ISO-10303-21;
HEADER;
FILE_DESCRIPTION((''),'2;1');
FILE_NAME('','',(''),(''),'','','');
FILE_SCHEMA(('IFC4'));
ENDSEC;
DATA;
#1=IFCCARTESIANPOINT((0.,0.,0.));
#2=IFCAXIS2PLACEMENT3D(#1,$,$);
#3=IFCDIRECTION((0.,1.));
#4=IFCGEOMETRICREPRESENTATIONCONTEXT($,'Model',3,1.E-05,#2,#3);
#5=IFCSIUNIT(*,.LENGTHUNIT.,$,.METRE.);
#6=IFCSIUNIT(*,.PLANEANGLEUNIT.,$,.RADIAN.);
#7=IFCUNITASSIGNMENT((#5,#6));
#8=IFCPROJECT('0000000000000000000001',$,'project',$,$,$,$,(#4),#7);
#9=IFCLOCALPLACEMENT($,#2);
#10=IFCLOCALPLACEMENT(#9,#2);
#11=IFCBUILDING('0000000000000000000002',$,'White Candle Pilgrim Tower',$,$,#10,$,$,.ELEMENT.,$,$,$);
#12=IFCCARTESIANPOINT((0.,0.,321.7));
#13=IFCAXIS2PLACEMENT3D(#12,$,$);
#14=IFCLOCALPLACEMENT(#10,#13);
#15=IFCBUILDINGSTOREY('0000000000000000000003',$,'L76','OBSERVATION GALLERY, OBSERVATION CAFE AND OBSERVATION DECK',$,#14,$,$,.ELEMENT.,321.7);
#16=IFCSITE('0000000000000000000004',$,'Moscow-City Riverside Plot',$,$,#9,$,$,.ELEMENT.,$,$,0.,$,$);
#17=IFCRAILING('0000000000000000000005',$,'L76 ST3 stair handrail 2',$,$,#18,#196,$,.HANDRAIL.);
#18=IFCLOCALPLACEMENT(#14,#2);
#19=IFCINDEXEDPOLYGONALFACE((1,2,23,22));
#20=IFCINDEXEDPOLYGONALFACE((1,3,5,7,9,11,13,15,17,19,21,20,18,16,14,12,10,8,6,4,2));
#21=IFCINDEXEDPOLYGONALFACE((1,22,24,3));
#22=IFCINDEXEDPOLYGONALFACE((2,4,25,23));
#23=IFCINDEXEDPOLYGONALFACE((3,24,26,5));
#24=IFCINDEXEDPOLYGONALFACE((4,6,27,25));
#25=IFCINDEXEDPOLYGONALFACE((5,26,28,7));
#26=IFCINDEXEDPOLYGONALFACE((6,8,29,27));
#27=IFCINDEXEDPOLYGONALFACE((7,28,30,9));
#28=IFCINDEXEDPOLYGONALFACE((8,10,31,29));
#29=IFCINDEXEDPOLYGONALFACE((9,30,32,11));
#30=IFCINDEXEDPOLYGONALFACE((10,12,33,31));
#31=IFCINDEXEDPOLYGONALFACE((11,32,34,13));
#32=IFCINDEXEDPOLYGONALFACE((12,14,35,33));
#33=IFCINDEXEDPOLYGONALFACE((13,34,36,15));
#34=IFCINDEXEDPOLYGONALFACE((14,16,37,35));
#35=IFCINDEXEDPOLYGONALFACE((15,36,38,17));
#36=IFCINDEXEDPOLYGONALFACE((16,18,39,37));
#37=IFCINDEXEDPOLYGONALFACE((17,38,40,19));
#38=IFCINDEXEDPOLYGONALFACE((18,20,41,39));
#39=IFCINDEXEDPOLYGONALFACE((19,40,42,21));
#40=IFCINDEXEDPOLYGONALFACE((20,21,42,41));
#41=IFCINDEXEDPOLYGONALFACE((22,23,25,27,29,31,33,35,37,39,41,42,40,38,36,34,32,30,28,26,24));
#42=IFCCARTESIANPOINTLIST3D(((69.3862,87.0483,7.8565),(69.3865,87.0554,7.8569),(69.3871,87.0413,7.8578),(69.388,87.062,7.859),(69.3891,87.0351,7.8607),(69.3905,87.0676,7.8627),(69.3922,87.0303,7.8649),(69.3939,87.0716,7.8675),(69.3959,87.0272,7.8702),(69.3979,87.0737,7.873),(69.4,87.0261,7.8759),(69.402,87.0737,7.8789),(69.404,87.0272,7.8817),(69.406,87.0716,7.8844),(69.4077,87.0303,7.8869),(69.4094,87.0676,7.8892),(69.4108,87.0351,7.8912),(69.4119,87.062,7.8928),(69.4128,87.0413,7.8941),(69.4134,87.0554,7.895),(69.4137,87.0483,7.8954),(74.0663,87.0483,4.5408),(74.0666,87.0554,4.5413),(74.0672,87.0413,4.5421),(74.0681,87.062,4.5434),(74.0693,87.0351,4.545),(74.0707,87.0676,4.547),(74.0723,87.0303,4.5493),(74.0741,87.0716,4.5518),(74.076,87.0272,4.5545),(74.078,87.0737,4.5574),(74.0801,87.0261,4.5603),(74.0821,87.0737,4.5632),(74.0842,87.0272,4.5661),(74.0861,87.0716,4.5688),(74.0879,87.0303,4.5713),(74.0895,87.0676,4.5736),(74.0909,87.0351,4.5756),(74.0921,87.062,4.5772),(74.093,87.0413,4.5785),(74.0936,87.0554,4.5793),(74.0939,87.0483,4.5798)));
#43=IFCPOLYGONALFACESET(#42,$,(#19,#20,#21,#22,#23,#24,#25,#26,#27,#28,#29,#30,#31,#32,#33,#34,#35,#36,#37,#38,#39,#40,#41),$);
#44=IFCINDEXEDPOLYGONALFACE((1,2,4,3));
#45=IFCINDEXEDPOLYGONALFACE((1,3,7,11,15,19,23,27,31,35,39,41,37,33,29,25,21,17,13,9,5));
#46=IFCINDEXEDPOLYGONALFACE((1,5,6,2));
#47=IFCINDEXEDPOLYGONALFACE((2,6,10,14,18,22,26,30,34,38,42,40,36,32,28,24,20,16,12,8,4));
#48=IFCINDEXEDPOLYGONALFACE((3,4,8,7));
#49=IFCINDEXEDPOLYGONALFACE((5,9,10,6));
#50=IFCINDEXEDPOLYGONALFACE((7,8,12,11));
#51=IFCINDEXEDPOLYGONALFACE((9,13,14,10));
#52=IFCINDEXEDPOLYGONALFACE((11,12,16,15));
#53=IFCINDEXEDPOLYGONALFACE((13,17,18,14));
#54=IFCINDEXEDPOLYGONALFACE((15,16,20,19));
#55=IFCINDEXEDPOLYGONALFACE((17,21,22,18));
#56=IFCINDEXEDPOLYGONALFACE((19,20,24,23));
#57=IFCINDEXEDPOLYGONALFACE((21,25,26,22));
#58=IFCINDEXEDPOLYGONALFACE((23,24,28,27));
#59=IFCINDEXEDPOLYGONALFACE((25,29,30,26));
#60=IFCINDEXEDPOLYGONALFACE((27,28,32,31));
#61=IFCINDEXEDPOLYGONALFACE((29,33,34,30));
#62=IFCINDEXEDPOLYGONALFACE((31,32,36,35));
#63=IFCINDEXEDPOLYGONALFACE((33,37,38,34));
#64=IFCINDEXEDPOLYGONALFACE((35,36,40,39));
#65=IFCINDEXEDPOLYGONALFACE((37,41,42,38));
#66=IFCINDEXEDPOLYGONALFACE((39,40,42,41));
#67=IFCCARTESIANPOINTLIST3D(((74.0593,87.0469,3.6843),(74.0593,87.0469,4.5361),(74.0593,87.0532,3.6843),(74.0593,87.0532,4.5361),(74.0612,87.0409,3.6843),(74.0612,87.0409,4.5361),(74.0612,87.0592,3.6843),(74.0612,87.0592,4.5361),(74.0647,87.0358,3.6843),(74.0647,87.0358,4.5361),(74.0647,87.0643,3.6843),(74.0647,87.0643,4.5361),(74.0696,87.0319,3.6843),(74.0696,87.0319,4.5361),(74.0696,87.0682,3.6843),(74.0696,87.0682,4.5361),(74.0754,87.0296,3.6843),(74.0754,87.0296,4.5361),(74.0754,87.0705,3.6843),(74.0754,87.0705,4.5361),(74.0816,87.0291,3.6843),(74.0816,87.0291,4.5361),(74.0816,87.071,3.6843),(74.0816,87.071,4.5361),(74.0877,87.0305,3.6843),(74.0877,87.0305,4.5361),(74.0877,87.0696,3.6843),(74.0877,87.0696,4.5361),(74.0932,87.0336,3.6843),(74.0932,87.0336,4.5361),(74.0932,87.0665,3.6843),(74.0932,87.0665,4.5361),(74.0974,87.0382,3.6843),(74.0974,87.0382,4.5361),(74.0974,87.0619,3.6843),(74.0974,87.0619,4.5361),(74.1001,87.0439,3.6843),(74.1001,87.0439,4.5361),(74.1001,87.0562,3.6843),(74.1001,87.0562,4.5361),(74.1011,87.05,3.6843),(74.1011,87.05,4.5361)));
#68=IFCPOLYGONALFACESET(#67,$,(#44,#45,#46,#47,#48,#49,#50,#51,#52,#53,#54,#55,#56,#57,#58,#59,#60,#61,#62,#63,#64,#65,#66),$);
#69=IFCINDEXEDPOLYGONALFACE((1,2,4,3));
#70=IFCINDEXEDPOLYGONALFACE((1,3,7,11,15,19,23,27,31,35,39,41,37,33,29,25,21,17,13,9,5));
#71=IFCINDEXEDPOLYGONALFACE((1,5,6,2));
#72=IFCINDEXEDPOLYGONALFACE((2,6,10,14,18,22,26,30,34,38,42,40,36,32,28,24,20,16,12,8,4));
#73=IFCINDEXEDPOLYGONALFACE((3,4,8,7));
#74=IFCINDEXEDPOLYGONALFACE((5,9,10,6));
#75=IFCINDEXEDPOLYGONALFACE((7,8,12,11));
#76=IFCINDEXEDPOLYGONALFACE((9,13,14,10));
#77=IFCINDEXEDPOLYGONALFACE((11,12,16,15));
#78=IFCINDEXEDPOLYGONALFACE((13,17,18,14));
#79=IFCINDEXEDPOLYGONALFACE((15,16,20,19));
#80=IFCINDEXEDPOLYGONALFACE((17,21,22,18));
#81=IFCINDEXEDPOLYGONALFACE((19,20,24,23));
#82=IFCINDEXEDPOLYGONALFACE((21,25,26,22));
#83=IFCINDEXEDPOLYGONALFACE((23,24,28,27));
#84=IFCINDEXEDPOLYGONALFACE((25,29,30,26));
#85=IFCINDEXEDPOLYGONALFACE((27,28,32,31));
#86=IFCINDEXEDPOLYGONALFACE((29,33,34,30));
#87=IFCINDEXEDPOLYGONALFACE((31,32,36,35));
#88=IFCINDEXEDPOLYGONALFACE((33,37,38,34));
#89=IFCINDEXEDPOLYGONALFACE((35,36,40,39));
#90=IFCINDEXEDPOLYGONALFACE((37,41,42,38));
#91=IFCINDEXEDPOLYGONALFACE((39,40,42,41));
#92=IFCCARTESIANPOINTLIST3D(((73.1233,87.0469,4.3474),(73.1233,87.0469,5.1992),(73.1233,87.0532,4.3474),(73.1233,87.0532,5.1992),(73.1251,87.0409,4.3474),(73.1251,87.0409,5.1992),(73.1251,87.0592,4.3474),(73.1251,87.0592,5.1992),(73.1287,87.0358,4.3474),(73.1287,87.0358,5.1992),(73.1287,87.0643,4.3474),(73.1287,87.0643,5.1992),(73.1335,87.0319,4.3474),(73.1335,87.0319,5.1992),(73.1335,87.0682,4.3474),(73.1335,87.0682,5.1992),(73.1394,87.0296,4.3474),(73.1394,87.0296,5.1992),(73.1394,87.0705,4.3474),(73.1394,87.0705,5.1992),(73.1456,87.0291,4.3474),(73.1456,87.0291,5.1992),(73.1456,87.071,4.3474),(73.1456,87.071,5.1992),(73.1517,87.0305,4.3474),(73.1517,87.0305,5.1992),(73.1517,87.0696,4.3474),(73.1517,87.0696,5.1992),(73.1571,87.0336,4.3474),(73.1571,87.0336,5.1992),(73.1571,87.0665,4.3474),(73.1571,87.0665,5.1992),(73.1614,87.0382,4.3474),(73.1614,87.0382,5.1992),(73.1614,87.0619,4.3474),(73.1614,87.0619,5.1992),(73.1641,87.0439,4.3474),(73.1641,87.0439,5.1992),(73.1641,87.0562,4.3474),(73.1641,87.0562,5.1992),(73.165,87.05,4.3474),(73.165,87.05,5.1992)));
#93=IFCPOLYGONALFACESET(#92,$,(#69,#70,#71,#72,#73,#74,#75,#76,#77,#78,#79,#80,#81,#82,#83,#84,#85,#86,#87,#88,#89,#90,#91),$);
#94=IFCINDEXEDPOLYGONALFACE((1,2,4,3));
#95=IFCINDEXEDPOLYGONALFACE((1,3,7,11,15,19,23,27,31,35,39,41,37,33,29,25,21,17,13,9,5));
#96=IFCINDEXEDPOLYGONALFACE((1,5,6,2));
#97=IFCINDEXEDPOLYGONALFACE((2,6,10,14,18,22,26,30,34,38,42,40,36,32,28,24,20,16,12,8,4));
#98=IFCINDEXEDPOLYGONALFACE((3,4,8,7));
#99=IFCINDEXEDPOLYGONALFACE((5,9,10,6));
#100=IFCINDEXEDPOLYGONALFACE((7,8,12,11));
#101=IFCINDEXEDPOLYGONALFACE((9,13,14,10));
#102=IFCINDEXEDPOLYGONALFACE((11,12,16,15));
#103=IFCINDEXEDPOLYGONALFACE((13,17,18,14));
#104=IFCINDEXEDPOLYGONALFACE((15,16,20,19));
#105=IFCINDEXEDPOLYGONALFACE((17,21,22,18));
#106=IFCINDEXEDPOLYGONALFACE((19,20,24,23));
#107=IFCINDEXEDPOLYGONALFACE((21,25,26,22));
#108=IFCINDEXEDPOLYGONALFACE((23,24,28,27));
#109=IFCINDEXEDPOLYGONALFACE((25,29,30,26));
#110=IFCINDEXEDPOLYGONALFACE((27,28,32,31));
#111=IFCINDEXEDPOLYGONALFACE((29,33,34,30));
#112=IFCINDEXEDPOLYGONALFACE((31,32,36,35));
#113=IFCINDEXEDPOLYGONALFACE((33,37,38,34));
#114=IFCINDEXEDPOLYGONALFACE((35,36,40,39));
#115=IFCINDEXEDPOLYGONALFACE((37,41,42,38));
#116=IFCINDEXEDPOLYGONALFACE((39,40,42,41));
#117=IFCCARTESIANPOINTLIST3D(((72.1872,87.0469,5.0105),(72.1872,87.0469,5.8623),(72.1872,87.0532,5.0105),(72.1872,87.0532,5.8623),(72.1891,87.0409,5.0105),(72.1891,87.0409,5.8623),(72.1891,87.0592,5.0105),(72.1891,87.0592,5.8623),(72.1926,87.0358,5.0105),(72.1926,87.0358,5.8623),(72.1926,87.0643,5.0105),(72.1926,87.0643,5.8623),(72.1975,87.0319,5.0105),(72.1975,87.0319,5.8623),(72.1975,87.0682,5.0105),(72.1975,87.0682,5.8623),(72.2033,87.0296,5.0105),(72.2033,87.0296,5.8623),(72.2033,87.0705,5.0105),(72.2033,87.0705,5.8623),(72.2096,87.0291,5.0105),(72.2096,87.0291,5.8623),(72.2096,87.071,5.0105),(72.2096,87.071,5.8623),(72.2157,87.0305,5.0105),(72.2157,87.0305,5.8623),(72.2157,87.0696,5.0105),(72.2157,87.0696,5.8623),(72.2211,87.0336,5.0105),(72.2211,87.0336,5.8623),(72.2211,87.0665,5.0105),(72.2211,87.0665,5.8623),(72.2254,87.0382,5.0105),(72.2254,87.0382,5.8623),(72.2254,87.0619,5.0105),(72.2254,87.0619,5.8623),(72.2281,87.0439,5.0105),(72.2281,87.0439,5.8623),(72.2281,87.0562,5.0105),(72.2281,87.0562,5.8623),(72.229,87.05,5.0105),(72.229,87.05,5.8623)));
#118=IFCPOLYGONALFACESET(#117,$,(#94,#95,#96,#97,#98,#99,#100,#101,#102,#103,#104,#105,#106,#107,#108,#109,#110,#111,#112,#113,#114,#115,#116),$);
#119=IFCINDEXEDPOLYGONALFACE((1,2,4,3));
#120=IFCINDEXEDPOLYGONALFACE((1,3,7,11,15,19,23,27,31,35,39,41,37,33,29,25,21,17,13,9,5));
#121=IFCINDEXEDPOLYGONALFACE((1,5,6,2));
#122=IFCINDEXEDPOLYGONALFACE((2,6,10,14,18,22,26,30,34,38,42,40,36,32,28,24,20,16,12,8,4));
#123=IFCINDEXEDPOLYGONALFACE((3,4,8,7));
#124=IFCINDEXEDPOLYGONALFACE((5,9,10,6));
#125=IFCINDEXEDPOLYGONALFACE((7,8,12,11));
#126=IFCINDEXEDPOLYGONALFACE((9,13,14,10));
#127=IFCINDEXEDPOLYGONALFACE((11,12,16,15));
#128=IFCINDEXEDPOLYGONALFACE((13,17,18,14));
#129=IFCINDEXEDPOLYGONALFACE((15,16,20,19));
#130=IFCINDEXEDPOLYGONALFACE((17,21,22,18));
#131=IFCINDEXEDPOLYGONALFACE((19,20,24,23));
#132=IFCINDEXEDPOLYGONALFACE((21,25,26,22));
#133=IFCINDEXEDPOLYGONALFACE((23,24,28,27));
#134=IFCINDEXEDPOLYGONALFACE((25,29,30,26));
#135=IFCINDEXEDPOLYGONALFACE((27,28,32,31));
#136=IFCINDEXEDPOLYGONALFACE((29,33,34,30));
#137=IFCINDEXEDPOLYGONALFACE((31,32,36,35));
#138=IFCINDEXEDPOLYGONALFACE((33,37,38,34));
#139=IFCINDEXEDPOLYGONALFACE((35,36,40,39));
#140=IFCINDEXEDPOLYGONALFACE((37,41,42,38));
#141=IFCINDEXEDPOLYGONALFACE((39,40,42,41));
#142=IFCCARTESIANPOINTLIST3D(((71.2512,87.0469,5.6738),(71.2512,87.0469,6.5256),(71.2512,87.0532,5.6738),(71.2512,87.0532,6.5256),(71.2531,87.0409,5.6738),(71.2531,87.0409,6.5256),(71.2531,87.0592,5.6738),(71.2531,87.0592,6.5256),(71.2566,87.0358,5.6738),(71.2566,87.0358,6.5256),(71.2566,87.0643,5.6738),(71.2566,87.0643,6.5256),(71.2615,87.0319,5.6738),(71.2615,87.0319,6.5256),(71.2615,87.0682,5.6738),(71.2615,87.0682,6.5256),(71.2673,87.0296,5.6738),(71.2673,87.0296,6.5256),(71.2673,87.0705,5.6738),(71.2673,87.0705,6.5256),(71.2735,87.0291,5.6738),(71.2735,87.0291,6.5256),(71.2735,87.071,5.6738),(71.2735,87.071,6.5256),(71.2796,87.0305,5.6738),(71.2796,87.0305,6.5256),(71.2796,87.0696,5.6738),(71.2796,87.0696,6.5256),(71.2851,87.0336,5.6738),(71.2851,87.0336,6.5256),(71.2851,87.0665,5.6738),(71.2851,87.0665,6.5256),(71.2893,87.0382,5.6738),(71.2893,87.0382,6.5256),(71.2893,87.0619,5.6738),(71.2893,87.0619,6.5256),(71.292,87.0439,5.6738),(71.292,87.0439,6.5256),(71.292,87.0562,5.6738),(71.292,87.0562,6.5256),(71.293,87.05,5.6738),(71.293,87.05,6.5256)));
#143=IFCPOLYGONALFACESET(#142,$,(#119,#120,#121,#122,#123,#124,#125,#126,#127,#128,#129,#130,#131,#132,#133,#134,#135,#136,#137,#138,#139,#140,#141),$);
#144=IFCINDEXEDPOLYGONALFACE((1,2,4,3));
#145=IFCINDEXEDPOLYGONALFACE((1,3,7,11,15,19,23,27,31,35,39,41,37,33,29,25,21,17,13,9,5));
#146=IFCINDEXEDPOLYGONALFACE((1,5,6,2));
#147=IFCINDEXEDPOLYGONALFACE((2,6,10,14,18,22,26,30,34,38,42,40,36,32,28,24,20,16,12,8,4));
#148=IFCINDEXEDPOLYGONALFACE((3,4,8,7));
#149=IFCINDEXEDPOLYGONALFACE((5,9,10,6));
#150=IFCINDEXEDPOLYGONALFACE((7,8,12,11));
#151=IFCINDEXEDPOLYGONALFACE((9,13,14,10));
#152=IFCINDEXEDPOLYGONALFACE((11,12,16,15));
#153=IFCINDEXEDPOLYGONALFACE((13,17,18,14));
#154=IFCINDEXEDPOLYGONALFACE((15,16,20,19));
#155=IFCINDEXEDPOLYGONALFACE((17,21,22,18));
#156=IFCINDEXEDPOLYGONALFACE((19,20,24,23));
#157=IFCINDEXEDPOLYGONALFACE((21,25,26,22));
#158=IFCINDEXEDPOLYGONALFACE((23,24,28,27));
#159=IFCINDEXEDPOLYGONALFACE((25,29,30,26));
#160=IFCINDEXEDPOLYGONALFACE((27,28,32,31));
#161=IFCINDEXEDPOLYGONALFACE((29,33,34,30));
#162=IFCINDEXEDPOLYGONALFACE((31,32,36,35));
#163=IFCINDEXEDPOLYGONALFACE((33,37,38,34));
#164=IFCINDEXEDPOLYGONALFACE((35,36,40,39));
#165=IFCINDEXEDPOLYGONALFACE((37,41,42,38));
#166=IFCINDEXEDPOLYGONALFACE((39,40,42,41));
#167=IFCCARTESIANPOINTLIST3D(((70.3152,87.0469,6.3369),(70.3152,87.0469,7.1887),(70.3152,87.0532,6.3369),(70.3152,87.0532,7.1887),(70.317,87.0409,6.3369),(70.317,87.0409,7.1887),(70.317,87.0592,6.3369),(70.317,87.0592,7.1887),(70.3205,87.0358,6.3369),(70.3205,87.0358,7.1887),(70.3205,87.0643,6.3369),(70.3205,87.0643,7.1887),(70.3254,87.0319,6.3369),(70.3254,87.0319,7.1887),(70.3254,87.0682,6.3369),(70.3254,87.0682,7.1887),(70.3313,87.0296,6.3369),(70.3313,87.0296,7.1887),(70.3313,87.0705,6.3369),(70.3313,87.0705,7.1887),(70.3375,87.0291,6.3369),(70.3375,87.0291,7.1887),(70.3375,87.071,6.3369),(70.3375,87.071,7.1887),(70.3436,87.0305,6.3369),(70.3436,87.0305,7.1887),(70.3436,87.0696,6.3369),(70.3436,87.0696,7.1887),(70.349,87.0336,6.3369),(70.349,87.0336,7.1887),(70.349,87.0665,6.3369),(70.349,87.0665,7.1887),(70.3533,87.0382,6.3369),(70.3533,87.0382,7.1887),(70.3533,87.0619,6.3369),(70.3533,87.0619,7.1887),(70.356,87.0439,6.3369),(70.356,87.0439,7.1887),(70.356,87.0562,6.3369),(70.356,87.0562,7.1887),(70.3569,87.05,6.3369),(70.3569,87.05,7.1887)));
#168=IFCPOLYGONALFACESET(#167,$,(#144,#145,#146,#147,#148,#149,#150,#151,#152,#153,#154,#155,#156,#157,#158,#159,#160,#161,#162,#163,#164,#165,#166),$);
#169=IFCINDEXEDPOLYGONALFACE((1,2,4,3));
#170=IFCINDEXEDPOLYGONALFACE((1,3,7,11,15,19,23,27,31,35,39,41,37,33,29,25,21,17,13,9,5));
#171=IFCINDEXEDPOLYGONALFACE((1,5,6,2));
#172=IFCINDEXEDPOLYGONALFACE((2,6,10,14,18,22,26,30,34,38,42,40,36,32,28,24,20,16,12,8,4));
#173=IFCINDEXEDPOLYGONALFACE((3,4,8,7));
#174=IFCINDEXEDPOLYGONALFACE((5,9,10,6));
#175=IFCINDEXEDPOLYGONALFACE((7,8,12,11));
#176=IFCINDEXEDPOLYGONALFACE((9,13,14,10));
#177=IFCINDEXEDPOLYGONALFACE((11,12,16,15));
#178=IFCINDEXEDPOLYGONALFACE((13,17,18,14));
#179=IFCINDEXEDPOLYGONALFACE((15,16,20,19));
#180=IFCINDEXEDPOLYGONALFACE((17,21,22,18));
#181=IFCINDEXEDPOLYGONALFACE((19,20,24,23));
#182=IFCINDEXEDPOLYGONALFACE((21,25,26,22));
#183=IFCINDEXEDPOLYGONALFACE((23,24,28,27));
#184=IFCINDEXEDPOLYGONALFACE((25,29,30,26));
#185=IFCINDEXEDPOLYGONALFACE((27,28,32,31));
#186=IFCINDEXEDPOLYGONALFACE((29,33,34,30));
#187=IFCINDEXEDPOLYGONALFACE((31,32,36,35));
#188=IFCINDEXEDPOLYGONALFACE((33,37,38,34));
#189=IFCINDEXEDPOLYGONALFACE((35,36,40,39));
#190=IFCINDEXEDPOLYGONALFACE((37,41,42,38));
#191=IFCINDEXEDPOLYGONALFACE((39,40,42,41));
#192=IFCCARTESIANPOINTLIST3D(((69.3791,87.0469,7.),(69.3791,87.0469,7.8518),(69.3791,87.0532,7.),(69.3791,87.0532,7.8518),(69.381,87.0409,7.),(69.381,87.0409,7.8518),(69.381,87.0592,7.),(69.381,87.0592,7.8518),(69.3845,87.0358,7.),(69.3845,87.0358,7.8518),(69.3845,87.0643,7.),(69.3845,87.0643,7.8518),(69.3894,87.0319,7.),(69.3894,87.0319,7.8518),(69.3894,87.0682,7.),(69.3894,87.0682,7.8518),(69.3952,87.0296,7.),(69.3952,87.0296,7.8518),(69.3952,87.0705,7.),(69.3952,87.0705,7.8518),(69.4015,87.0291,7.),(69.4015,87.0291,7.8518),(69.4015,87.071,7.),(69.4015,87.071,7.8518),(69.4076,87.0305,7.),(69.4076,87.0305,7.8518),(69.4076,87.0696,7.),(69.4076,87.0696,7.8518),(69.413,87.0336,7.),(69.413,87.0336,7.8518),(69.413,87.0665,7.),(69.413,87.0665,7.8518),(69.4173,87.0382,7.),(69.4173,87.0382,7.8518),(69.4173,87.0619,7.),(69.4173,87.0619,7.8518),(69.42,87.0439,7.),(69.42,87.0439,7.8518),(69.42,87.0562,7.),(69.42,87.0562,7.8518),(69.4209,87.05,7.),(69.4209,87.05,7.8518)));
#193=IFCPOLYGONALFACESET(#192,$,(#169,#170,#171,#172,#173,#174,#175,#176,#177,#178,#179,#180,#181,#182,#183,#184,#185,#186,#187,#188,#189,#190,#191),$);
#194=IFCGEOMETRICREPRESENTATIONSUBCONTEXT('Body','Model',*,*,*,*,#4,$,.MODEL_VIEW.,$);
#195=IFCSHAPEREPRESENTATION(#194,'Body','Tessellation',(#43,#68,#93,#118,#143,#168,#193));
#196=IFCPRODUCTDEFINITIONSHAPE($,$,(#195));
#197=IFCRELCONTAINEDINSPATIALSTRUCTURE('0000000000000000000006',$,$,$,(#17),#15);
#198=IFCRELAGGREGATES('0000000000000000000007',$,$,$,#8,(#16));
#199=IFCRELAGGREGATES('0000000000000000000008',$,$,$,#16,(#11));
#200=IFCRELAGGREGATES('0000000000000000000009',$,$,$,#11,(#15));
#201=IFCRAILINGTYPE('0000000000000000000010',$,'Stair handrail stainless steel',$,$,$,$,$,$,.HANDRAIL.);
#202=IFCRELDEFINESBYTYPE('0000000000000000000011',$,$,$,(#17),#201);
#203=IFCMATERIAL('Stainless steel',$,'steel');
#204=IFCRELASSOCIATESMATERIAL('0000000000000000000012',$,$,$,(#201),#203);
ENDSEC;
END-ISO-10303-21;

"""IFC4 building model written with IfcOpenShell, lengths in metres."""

from ifc_helpers import new_model, si_unit, direction, frame, origin, origin_2d, place, context, subcontext, project, spatial, circle, extrude, material, type_object, element, save


model = new_model("IFC4")

# Units and contexts
model_context = context("Model", 3, precision=1e-05, world=origin(), true_north=direction((0.0, 1.0)))
body_context = subcontext(model_context, "Body", "Model", "MODEL_VIEW")
ifc_project = project(units=[si_unit("LENGTHUNIT", "METRE"), si_unit("PLANEANGLEUNIT", "RADIAN")], contexts=[model_context])

# Site, building, storey
site_placement = place(None, origin())
site = spatial("IfcSite", under=ifc_project, at=site_placement, Name="Moscow-City Riverside Plot", CompositionType="ELEMENT", RefElevation=0.0)
building_placement = place(site_placement, origin())
building = spatial("IfcBuilding", under=site, at=building_placement, Name="White Candle Pilgrim Tower", CompositionType="ELEMENT")
storey_placement = place(building_placement, frame((0.0, 0.0, 321.7)))
storey = spatial("IfcBuildingStorey", under=building, at=storey_placement, Name="L76", Description="OBSERVATION GALLERY, OBSERVATION CAFE AND OBSERVATION DECK", CompositionType="ELEMENT", Elevation=321.7)

# Railing
ifc_material_1 = material(Name="Stainless steel", Category="steel")
railing_type_1 = type_object("IfcRailingType", Name="Stair handrail stainless steel", PredefinedType="HANDRAIL", material=ifc_material_1)
railing_1_placement = place(storey_placement, frame((74.0801, 87.05, 3.6843)))
element("IfcRailing", 1, at=railing_1_placement, inside=storey, type_object=railing_type_1, Name="L76 ST3 stair handrail 2", PredefinedType="HANDRAIL", context=body_context, shape_type="SweptSolid", body=[
    extrude(circle(Radius=0.0239, at=origin_2d()), frame((0.0, 0.0, 0.876), z_axis=(-0.815979, 0.0, 0.578081), x_axis=(0.0, -1.0, 0.0)), (0.0, 0.0, 1.0), 5.7356),
    extrude(circle(Radius=0.021, at=origin_2d()), origin(), (0.0, 0.0, 1.0), 0.8518),
    extrude(circle(Radius=0.021, at=origin_2d()), frame((-0.936, 0.0, 0.6631)), (0.0, 0.0, 1.0), 0.8518),
    extrude(circle(Radius=0.021, at=origin_2d()), frame((-1.8721, 0.0, 1.3262)), (0.0, 0.0, 1.0), 0.8518),
    extrude(circle(Radius=0.021, at=origin_2d()), frame((-2.8081, 0.0, 1.9895)), (0.0, 0.0, 1.0), 0.8518),
    extrude(circle(Radius=0.021, at=origin_2d()), frame((-3.7441, 0.0, 2.6526)), (0.0, 0.0, 1.0), 0.8518),
    extrude(circle(Radius=0.021, at=origin_2d()), frame((-4.6802, 0.0, 3.3157)), (0.0, 0.0, 1.0), 0.8518),
])

save(model, "model.ifc")
